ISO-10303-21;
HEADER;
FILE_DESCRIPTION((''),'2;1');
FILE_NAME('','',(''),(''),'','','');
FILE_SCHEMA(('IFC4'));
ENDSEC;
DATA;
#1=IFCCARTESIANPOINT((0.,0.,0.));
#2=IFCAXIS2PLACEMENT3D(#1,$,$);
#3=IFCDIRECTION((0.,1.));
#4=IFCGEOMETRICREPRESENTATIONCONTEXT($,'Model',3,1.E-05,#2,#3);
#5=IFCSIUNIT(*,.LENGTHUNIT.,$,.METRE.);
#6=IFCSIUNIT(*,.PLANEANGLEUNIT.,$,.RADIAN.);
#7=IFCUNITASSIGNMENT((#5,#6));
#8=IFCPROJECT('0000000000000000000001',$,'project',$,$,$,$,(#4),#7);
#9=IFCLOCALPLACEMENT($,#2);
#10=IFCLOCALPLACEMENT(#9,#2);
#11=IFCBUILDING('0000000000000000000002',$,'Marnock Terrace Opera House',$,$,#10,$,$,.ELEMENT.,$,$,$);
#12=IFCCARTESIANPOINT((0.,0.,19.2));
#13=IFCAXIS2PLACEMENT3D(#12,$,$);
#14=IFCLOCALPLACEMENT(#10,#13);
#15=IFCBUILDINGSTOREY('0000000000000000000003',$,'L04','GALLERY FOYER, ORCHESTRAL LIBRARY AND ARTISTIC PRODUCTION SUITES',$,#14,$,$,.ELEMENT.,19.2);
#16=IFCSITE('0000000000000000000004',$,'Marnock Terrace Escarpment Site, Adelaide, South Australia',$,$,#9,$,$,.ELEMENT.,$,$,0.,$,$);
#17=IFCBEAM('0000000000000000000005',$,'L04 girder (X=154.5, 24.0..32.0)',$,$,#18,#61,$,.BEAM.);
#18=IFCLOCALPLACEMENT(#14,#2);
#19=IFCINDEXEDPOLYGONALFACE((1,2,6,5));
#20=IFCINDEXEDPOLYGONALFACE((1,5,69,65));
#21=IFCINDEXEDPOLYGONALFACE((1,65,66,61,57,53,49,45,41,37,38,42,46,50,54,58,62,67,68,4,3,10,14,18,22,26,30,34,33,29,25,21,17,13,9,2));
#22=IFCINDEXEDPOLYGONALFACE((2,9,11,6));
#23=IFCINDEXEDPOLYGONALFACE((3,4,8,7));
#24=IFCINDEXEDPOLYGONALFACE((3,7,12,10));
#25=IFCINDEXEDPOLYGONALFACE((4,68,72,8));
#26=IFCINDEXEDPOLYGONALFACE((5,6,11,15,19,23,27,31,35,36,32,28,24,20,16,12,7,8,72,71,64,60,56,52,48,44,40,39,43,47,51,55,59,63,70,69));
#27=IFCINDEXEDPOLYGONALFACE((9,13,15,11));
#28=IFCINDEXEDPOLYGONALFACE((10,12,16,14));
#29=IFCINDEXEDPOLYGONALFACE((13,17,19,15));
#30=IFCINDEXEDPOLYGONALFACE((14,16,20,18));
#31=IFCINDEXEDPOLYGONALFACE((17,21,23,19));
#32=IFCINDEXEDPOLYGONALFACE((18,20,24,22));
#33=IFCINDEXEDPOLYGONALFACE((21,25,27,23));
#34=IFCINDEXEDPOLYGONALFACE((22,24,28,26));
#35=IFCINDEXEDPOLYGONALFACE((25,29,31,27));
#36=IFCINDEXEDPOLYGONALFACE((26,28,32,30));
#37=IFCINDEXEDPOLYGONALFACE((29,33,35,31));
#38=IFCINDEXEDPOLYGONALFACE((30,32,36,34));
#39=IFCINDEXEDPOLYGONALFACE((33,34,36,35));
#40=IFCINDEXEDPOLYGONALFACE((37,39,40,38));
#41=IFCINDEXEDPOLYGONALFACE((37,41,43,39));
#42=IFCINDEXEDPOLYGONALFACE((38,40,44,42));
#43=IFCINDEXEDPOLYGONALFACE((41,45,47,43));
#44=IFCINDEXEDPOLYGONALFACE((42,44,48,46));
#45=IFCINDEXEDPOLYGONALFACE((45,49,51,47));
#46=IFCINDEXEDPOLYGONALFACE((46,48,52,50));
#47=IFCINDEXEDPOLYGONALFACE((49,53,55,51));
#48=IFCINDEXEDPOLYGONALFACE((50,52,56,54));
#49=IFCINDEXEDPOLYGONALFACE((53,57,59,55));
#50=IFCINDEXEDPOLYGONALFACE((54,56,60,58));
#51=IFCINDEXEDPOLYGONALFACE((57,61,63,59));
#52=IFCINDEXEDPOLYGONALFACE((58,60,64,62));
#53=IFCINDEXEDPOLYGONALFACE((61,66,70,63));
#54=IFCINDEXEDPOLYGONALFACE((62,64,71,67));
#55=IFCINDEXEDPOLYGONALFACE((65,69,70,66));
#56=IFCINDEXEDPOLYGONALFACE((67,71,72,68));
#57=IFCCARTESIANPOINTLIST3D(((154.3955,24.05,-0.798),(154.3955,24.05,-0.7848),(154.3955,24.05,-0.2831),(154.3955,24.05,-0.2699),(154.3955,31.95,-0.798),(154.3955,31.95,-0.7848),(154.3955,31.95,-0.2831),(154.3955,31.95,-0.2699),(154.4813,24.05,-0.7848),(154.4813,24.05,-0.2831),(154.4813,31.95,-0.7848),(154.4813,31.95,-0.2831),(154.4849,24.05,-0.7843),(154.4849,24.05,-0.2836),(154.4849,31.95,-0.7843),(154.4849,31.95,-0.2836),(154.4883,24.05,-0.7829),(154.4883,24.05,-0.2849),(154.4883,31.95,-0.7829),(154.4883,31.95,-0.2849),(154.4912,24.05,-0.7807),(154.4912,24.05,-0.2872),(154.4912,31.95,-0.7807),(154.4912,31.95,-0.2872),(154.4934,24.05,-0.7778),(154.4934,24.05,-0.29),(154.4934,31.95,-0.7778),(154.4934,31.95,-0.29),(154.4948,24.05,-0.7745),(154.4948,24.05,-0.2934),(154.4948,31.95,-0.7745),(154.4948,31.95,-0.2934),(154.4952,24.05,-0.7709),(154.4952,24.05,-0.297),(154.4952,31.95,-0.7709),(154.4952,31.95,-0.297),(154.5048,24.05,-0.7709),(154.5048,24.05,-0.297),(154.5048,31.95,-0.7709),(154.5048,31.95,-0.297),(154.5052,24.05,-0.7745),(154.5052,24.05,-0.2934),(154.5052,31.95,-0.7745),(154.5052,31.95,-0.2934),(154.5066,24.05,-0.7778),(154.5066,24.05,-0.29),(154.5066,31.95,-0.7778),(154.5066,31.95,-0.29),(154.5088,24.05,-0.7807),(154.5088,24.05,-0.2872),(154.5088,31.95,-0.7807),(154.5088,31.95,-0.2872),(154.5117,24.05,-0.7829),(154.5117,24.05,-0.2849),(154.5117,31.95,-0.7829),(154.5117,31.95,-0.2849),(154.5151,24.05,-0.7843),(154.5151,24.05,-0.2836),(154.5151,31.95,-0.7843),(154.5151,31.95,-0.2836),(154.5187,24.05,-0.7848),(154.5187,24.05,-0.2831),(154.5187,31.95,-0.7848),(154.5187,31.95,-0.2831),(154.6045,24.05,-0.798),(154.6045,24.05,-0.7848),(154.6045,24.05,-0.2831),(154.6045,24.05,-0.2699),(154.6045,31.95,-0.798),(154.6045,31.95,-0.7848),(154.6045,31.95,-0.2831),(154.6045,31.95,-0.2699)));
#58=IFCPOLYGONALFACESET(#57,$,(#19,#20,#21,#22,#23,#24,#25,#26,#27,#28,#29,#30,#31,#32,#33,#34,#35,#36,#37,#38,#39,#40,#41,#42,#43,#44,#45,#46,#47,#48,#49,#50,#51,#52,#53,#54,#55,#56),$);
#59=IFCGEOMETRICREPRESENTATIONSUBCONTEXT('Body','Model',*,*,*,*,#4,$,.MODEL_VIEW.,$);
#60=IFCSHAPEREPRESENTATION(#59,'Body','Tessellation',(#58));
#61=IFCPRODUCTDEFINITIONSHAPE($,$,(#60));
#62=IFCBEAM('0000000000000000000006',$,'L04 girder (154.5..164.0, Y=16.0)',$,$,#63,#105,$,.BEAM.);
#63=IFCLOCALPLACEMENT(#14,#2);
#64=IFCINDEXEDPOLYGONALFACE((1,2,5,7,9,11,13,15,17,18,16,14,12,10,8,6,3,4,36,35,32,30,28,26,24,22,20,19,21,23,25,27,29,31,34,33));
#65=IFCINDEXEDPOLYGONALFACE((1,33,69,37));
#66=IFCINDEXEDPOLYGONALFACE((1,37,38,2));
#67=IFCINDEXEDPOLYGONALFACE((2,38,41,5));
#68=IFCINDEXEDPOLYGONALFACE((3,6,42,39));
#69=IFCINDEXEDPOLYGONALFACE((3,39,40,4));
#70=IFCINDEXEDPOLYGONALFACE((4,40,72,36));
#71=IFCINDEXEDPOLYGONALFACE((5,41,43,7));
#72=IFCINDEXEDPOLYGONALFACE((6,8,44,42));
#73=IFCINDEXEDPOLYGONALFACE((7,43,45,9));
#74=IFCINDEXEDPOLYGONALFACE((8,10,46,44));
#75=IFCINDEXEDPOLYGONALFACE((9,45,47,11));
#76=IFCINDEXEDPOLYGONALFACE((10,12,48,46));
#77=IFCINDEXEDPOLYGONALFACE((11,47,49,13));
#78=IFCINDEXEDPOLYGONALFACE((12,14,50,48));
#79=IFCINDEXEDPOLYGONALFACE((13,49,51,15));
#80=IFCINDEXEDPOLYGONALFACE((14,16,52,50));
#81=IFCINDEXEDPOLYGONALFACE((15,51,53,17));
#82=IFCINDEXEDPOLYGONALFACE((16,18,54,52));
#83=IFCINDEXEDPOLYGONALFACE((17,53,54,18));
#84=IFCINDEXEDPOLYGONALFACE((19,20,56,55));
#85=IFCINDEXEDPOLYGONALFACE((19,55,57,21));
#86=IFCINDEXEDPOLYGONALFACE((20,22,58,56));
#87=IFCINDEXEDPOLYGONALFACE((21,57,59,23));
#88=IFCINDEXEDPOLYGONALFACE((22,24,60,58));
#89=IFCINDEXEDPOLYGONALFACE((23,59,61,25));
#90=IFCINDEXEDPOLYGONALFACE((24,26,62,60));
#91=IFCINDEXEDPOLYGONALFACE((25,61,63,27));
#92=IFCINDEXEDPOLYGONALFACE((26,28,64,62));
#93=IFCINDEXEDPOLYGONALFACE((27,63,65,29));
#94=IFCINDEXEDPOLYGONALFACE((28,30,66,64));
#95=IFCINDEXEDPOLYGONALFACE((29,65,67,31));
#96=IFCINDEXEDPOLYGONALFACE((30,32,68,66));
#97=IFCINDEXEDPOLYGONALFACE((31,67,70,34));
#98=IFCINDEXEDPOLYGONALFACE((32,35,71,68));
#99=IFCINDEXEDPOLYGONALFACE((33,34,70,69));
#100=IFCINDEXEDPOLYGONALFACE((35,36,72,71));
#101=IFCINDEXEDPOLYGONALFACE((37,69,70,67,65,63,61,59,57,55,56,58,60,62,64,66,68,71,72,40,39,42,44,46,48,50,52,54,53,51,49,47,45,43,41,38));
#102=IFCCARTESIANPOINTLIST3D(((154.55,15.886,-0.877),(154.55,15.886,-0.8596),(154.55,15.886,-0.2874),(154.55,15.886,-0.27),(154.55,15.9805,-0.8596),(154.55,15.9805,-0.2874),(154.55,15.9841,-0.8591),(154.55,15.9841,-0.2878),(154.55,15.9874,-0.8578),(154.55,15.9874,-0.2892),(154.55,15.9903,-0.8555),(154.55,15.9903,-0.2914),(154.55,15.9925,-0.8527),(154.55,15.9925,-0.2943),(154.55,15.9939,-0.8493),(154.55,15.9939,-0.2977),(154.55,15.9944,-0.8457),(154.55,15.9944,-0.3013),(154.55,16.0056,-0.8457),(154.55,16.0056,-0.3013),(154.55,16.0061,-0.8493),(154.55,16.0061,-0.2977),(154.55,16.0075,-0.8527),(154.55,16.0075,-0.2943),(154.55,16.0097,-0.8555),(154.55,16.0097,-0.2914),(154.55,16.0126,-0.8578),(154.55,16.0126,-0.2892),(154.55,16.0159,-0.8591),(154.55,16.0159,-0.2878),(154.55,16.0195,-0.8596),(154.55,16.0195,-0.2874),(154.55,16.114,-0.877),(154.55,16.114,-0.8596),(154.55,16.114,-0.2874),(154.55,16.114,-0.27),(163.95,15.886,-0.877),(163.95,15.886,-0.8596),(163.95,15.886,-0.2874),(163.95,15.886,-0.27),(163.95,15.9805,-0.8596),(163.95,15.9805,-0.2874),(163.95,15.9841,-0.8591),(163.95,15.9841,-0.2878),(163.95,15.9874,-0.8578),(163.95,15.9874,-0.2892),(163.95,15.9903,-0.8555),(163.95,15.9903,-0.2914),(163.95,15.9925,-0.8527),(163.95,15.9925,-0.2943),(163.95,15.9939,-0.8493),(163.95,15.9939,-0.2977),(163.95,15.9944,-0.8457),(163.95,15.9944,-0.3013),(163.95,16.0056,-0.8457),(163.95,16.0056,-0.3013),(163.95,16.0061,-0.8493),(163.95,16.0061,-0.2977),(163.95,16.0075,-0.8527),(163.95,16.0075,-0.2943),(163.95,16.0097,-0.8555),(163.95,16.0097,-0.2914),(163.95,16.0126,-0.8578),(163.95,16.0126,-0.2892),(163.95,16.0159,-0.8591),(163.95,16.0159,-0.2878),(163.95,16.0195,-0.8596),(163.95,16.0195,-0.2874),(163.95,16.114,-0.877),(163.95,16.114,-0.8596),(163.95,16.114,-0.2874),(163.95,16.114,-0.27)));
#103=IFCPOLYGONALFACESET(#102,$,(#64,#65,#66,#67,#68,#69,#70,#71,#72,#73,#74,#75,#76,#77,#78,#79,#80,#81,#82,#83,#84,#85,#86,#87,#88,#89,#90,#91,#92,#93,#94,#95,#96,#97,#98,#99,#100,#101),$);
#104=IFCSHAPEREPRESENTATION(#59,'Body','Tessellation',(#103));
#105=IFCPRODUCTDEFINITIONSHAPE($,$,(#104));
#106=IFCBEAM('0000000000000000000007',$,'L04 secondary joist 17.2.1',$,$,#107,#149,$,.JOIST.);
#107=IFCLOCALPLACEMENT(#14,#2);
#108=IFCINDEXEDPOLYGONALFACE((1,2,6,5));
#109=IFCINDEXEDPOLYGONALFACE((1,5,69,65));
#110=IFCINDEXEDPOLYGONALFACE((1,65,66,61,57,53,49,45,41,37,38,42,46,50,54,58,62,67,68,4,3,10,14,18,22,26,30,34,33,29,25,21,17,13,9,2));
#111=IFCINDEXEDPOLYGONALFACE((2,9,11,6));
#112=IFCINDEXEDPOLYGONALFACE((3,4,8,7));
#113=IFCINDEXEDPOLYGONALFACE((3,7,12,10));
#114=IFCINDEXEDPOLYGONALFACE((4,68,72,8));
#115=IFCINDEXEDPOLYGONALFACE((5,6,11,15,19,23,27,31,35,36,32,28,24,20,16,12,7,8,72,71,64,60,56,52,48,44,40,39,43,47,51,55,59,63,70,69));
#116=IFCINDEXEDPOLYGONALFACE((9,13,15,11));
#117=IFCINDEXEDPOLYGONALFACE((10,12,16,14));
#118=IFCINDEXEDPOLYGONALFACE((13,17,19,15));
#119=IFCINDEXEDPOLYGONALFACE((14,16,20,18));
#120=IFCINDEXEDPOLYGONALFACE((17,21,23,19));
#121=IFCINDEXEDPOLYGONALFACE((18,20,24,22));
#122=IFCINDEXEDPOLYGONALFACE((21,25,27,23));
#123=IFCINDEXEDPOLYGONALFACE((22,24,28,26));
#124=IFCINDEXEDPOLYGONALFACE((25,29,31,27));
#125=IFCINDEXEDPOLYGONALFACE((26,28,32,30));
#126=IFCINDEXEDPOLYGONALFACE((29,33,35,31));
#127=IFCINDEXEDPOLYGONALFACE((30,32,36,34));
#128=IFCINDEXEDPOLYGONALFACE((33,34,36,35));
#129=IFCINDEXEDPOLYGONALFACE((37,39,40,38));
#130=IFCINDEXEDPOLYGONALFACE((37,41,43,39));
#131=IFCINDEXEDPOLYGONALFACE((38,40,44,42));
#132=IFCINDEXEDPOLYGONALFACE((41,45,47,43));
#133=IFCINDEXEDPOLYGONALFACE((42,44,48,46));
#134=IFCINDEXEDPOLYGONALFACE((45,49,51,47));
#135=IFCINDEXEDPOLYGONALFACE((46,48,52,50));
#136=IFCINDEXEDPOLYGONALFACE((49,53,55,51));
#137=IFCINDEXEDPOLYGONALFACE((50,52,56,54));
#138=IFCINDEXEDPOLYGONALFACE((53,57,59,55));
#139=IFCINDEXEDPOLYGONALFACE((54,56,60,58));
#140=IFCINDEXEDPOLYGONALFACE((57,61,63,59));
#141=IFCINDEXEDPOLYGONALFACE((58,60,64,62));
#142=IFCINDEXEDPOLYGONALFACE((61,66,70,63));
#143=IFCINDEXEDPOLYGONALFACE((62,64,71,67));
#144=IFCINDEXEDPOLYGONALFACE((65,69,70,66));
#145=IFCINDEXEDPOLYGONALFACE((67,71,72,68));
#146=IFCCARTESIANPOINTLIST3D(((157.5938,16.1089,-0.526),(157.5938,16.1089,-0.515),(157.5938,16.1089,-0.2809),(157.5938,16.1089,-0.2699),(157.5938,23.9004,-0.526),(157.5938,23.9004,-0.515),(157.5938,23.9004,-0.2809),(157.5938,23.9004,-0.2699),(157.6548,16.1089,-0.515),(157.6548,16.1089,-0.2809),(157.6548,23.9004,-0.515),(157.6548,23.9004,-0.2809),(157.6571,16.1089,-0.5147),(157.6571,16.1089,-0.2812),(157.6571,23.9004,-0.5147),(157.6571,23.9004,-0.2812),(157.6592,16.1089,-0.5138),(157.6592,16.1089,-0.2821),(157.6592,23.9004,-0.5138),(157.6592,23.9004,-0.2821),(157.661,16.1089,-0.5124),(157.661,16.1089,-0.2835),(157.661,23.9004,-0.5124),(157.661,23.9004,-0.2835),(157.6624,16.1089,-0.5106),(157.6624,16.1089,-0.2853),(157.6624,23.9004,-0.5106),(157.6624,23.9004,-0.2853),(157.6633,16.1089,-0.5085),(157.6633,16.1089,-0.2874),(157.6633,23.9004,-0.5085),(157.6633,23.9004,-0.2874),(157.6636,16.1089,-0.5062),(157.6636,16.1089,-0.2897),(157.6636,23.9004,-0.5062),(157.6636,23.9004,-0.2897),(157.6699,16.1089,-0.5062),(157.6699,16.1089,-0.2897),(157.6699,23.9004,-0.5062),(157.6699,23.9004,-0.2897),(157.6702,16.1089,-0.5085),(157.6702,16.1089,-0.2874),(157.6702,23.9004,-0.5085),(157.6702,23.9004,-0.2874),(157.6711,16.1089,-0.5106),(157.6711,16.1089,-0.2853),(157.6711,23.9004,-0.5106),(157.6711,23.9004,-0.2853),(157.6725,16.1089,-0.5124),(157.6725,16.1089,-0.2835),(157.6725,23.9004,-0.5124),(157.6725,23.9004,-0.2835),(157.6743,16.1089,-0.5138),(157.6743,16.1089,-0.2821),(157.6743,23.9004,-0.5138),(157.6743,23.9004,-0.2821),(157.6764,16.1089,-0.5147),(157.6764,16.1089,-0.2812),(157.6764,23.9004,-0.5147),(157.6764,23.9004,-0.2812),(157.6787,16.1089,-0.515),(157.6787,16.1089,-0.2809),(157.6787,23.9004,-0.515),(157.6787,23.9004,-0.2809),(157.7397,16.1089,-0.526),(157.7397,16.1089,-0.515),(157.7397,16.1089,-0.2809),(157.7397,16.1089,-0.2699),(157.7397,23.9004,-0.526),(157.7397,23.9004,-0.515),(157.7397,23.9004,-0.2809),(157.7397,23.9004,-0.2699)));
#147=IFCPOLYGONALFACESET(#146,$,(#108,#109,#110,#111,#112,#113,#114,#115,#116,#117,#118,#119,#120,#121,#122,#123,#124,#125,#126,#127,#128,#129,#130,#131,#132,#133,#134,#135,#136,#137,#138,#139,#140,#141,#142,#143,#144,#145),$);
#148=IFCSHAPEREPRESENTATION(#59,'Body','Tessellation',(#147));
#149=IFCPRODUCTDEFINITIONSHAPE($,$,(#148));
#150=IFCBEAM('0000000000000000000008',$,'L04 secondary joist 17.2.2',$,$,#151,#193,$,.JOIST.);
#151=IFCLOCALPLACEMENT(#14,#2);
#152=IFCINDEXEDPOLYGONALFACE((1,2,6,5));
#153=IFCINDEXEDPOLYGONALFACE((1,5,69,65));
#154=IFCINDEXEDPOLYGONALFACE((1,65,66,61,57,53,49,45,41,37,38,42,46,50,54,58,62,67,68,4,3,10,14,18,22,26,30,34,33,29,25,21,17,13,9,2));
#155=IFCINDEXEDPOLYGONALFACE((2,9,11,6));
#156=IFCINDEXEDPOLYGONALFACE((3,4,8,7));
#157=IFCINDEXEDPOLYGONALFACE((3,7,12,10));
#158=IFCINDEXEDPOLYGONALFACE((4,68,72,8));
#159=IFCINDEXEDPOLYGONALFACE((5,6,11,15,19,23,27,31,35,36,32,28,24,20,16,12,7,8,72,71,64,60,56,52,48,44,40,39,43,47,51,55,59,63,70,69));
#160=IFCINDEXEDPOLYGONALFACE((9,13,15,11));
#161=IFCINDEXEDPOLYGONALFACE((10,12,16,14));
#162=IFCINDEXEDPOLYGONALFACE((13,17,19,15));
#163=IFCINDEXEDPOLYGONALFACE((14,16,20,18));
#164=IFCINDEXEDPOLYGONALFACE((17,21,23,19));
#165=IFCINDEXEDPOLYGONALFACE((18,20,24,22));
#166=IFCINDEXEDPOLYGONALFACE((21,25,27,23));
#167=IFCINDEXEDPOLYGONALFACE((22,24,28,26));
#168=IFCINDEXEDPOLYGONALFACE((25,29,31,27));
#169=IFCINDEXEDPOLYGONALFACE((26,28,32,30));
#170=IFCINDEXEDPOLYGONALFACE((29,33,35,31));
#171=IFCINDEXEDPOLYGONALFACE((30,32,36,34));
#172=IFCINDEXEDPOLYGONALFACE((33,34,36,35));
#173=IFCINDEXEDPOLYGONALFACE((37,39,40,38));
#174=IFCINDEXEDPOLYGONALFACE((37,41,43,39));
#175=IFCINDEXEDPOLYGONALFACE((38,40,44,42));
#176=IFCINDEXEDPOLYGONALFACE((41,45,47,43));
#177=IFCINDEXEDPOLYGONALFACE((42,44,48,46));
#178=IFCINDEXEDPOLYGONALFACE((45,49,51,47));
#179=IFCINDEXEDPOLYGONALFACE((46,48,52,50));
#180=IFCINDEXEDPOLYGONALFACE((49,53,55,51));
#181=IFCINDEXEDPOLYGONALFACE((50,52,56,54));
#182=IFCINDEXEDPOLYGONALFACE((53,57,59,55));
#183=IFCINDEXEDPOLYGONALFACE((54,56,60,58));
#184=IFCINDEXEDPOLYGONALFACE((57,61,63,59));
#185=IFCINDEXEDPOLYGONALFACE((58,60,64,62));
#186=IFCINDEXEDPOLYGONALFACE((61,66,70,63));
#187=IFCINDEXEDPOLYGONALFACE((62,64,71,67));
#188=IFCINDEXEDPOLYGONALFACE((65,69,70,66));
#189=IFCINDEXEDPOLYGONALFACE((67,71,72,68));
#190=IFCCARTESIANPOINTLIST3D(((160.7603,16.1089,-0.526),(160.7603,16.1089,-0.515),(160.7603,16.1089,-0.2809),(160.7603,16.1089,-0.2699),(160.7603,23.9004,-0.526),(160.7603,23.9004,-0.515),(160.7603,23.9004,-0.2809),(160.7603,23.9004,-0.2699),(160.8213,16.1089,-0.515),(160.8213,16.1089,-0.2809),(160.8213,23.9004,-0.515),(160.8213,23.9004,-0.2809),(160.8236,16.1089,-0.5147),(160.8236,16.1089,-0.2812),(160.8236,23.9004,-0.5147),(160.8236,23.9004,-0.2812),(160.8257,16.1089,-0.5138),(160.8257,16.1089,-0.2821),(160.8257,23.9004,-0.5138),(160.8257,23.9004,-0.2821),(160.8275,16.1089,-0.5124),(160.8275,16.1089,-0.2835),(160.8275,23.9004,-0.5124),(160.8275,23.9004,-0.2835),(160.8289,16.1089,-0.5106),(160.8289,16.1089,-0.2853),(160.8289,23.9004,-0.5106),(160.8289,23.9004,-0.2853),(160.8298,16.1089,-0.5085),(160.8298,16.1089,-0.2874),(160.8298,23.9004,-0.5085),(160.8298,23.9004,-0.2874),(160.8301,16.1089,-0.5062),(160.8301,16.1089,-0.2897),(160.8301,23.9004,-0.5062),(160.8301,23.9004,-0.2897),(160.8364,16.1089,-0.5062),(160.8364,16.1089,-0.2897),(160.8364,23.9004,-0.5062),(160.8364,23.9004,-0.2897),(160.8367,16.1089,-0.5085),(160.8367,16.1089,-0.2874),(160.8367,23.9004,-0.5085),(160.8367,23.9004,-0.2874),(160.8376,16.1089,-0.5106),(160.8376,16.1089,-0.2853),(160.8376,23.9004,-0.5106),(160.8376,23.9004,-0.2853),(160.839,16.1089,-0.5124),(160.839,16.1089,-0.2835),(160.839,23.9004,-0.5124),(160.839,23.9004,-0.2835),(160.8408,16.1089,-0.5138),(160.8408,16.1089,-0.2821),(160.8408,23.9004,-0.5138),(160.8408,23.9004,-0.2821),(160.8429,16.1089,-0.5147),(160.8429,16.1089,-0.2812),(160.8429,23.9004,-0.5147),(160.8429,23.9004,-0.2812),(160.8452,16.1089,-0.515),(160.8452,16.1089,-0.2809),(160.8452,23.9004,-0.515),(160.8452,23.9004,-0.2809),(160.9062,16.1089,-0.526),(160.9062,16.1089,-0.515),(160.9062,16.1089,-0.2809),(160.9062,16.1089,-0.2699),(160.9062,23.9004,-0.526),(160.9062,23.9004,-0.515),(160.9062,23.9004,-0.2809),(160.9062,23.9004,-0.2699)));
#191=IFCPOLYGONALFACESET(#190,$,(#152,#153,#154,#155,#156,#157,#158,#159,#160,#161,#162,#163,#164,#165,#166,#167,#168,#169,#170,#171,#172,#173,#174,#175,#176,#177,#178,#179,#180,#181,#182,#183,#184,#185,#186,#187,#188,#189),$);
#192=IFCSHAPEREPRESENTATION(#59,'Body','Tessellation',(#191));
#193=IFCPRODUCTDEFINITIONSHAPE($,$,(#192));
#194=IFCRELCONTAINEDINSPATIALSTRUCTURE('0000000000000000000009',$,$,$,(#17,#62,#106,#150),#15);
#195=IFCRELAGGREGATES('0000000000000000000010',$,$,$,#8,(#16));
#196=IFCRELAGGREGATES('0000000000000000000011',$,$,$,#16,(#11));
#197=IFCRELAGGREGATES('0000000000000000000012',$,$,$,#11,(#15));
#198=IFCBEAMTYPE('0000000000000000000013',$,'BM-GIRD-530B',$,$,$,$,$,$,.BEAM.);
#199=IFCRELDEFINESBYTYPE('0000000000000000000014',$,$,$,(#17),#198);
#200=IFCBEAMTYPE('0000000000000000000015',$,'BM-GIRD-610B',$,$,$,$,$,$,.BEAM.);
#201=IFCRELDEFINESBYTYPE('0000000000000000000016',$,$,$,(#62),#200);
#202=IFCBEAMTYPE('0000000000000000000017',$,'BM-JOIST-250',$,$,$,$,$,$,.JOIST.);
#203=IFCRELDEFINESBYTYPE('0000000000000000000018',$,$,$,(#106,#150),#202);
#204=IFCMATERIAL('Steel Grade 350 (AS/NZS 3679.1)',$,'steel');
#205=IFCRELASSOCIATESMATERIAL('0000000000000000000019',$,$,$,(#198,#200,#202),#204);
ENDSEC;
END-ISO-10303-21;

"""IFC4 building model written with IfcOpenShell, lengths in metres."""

from ifc_helpers import new_model, si_unit, direction, frame, origin, origin_2d, place, context, subcontext, project, spatial, i_section, extrude, material, material_profile, profile_set, type_object, element, save


model = new_model("IFC4")

# Units and contexts
model_context = context("Model", 3, precision=1e-05, world=origin(), true_north=direction((0.0, 1.0)))
body_context = subcontext(model_context, "Body", "Model", "MODEL_VIEW")
ifc_project = project(units=[si_unit("LENGTHUNIT", "METRE"), si_unit("PLANEANGLEUNIT", "RADIAN")], contexts=[model_context])

# Site, building, storey
site_placement = place(None, origin())
site = spatial("IfcSite", under=ifc_project, at=site_placement, Name="Marnock Terrace Escarpment Site, Adelaide, South Australia", CompositionType="ELEMENT", RefElevation=0.0)
building_placement = place(site_placement, origin())
building = spatial("IfcBuilding", under=site, at=building_placement, Name="Marnock Terrace Opera House", CompositionType="ELEMENT")
storey_placement = place(building_placement, frame((0.0, 0.0, 19.2)))
storey = spatial("IfcBuildingStorey", under=building, at=storey_placement, Name="L04", Description="GALLERY FOYER, ORCHESTRAL LIBRARY AND ARTISTIC PRODUCTION SUITES", CompositionType="ELEMENT", Elevation=19.2)

# Beams
ifc_material_1 = material(Name="Steel Grade 350 (AS/NZS 3679.1)", Category="steel")
ifc_material_profile_1 = material_profile(ifc_material_1, i_section(OverallWidth=0.209, OverallDepth=0.5281, WebThickness=0.0095, FlangeThickness=0.0132, FilletRadius=0.0139, at=origin_2d()))
ifc_profile_set_1 = profile_set([ifc_material_profile_1], Name="Steel Grade 350 (AS/NZS 3679.1)")
beam_type_1 = type_object("IfcBeamType", Name="BM-GIRD-530B", PredefinedType="BEAM", material=ifc_profile_set_1)
for number, where, z_axis, x_axis, name in (
    (1, (154.5, 24.05, -0.5339), (0.0, 1.0, 0.0), (-1.0, 0.0, 0.0), "L04 girder (X=154.5, 24.0..32.0)"),
):
    element("IfcBeam", number, at=place(storey_placement, frame(where, z_axis=z_axis, x_axis=x_axis)), inside=storey, type_object=beam_type_1, Name=name, PredefinedType="BEAM", context=body_context, shape_type="SweptSolid", body=[
        extrude(i_section(OverallWidth=0.209, OverallDepth=0.5281, WebThickness=0.0095, FlangeThickness=0.0132, FilletRadius=0.0139, at=origin_2d()), origin(), (0.0, 0.0, 1.0), 7.8999),
    ])
ifc_material_profile_2 = material_profile(ifc_material_1, i_section(OverallWidth=0.228, OverallDepth=0.6069, WebThickness=0.0112, FlangeThickness=0.0173, FilletRadius=0.0139, at=origin_2d()))
ifc_profile_set_2 = profile_set([ifc_material_profile_2], Name="Steel Grade 350 (AS/NZS 3679.1)")
beam_type_2 = type_object("IfcBeamType", Name="BM-GIRD-610B", PredefinedType="BEAM", material=ifc_profile_set_2)
beam_1_placement = place(storey_placement, frame((154.55, 16.0, -0.5735), z_axis=(1.0, 0.0, 0.0), x_axis=(0.0, 1.0, 0.0)))
element("IfcBeam", 2, at=beam_1_placement, inside=storey, type_object=beam_type_2, Name="L04 girder (154.5..164.0, Y=16.0)", PredefinedType="BEAM", context=body_context, shape_type="SweptSolid", body=[
    extrude(i_section(OverallWidth=0.228, OverallDepth=0.6069, WebThickness=0.0112, FlangeThickness=0.0173, FilletRadius=0.0139, at=origin_2d()), origin(), (0.0, 0.0, 1.0), 9.3999),
])
ifc_material_profile_3 = material_profile(ifc_material_1, i_section(OverallWidth=0.146, OverallDepth=0.2561, WebThickness=0.0063, FlangeThickness=0.011, FilletRadius=0.0088, at=origin_2d()))
ifc_profile_set_3 = profile_set([ifc_material_profile_3], Name="Steel Grade 350 (AS/NZS 3679.1)")
beam_type_3 = type_object("IfcBeamType", Name="BM-JOIST-250", PredefinedType="JOIST", material=ifc_profile_set_3)
for number, where, z_axis, x_axis, name in (
    (3, (157.6667, 16.1089, -0.3979), (0.0, 1.0, 0.0), (-1.0, 0.0, 0.0), "L04 secondary joist 17.2.1"),
    (4, (160.8333, 16.1089, -0.3979), (0.0, 1.0, 0.0), (-1.0, 0.0, 0.0), "L04 secondary joist 17.2.2"),
):
    element("IfcBeam", number, at=place(storey_placement, frame(where, z_axis=z_axis, x_axis=x_axis)), inside=storey, type_object=beam_type_3, Name=name, PredefinedType="JOIST", context=body_context, shape_type="SweptSolid", body=[
        extrude(i_section(OverallWidth=0.146, OverallDepth=0.2561, WebThickness=0.0063, FlangeThickness=0.011, FilletRadius=0.0088, at=origin_2d()), origin(), (0.0, 0.0, 1.0), 7.7915),
    ])

save(model, "model.ifc")
